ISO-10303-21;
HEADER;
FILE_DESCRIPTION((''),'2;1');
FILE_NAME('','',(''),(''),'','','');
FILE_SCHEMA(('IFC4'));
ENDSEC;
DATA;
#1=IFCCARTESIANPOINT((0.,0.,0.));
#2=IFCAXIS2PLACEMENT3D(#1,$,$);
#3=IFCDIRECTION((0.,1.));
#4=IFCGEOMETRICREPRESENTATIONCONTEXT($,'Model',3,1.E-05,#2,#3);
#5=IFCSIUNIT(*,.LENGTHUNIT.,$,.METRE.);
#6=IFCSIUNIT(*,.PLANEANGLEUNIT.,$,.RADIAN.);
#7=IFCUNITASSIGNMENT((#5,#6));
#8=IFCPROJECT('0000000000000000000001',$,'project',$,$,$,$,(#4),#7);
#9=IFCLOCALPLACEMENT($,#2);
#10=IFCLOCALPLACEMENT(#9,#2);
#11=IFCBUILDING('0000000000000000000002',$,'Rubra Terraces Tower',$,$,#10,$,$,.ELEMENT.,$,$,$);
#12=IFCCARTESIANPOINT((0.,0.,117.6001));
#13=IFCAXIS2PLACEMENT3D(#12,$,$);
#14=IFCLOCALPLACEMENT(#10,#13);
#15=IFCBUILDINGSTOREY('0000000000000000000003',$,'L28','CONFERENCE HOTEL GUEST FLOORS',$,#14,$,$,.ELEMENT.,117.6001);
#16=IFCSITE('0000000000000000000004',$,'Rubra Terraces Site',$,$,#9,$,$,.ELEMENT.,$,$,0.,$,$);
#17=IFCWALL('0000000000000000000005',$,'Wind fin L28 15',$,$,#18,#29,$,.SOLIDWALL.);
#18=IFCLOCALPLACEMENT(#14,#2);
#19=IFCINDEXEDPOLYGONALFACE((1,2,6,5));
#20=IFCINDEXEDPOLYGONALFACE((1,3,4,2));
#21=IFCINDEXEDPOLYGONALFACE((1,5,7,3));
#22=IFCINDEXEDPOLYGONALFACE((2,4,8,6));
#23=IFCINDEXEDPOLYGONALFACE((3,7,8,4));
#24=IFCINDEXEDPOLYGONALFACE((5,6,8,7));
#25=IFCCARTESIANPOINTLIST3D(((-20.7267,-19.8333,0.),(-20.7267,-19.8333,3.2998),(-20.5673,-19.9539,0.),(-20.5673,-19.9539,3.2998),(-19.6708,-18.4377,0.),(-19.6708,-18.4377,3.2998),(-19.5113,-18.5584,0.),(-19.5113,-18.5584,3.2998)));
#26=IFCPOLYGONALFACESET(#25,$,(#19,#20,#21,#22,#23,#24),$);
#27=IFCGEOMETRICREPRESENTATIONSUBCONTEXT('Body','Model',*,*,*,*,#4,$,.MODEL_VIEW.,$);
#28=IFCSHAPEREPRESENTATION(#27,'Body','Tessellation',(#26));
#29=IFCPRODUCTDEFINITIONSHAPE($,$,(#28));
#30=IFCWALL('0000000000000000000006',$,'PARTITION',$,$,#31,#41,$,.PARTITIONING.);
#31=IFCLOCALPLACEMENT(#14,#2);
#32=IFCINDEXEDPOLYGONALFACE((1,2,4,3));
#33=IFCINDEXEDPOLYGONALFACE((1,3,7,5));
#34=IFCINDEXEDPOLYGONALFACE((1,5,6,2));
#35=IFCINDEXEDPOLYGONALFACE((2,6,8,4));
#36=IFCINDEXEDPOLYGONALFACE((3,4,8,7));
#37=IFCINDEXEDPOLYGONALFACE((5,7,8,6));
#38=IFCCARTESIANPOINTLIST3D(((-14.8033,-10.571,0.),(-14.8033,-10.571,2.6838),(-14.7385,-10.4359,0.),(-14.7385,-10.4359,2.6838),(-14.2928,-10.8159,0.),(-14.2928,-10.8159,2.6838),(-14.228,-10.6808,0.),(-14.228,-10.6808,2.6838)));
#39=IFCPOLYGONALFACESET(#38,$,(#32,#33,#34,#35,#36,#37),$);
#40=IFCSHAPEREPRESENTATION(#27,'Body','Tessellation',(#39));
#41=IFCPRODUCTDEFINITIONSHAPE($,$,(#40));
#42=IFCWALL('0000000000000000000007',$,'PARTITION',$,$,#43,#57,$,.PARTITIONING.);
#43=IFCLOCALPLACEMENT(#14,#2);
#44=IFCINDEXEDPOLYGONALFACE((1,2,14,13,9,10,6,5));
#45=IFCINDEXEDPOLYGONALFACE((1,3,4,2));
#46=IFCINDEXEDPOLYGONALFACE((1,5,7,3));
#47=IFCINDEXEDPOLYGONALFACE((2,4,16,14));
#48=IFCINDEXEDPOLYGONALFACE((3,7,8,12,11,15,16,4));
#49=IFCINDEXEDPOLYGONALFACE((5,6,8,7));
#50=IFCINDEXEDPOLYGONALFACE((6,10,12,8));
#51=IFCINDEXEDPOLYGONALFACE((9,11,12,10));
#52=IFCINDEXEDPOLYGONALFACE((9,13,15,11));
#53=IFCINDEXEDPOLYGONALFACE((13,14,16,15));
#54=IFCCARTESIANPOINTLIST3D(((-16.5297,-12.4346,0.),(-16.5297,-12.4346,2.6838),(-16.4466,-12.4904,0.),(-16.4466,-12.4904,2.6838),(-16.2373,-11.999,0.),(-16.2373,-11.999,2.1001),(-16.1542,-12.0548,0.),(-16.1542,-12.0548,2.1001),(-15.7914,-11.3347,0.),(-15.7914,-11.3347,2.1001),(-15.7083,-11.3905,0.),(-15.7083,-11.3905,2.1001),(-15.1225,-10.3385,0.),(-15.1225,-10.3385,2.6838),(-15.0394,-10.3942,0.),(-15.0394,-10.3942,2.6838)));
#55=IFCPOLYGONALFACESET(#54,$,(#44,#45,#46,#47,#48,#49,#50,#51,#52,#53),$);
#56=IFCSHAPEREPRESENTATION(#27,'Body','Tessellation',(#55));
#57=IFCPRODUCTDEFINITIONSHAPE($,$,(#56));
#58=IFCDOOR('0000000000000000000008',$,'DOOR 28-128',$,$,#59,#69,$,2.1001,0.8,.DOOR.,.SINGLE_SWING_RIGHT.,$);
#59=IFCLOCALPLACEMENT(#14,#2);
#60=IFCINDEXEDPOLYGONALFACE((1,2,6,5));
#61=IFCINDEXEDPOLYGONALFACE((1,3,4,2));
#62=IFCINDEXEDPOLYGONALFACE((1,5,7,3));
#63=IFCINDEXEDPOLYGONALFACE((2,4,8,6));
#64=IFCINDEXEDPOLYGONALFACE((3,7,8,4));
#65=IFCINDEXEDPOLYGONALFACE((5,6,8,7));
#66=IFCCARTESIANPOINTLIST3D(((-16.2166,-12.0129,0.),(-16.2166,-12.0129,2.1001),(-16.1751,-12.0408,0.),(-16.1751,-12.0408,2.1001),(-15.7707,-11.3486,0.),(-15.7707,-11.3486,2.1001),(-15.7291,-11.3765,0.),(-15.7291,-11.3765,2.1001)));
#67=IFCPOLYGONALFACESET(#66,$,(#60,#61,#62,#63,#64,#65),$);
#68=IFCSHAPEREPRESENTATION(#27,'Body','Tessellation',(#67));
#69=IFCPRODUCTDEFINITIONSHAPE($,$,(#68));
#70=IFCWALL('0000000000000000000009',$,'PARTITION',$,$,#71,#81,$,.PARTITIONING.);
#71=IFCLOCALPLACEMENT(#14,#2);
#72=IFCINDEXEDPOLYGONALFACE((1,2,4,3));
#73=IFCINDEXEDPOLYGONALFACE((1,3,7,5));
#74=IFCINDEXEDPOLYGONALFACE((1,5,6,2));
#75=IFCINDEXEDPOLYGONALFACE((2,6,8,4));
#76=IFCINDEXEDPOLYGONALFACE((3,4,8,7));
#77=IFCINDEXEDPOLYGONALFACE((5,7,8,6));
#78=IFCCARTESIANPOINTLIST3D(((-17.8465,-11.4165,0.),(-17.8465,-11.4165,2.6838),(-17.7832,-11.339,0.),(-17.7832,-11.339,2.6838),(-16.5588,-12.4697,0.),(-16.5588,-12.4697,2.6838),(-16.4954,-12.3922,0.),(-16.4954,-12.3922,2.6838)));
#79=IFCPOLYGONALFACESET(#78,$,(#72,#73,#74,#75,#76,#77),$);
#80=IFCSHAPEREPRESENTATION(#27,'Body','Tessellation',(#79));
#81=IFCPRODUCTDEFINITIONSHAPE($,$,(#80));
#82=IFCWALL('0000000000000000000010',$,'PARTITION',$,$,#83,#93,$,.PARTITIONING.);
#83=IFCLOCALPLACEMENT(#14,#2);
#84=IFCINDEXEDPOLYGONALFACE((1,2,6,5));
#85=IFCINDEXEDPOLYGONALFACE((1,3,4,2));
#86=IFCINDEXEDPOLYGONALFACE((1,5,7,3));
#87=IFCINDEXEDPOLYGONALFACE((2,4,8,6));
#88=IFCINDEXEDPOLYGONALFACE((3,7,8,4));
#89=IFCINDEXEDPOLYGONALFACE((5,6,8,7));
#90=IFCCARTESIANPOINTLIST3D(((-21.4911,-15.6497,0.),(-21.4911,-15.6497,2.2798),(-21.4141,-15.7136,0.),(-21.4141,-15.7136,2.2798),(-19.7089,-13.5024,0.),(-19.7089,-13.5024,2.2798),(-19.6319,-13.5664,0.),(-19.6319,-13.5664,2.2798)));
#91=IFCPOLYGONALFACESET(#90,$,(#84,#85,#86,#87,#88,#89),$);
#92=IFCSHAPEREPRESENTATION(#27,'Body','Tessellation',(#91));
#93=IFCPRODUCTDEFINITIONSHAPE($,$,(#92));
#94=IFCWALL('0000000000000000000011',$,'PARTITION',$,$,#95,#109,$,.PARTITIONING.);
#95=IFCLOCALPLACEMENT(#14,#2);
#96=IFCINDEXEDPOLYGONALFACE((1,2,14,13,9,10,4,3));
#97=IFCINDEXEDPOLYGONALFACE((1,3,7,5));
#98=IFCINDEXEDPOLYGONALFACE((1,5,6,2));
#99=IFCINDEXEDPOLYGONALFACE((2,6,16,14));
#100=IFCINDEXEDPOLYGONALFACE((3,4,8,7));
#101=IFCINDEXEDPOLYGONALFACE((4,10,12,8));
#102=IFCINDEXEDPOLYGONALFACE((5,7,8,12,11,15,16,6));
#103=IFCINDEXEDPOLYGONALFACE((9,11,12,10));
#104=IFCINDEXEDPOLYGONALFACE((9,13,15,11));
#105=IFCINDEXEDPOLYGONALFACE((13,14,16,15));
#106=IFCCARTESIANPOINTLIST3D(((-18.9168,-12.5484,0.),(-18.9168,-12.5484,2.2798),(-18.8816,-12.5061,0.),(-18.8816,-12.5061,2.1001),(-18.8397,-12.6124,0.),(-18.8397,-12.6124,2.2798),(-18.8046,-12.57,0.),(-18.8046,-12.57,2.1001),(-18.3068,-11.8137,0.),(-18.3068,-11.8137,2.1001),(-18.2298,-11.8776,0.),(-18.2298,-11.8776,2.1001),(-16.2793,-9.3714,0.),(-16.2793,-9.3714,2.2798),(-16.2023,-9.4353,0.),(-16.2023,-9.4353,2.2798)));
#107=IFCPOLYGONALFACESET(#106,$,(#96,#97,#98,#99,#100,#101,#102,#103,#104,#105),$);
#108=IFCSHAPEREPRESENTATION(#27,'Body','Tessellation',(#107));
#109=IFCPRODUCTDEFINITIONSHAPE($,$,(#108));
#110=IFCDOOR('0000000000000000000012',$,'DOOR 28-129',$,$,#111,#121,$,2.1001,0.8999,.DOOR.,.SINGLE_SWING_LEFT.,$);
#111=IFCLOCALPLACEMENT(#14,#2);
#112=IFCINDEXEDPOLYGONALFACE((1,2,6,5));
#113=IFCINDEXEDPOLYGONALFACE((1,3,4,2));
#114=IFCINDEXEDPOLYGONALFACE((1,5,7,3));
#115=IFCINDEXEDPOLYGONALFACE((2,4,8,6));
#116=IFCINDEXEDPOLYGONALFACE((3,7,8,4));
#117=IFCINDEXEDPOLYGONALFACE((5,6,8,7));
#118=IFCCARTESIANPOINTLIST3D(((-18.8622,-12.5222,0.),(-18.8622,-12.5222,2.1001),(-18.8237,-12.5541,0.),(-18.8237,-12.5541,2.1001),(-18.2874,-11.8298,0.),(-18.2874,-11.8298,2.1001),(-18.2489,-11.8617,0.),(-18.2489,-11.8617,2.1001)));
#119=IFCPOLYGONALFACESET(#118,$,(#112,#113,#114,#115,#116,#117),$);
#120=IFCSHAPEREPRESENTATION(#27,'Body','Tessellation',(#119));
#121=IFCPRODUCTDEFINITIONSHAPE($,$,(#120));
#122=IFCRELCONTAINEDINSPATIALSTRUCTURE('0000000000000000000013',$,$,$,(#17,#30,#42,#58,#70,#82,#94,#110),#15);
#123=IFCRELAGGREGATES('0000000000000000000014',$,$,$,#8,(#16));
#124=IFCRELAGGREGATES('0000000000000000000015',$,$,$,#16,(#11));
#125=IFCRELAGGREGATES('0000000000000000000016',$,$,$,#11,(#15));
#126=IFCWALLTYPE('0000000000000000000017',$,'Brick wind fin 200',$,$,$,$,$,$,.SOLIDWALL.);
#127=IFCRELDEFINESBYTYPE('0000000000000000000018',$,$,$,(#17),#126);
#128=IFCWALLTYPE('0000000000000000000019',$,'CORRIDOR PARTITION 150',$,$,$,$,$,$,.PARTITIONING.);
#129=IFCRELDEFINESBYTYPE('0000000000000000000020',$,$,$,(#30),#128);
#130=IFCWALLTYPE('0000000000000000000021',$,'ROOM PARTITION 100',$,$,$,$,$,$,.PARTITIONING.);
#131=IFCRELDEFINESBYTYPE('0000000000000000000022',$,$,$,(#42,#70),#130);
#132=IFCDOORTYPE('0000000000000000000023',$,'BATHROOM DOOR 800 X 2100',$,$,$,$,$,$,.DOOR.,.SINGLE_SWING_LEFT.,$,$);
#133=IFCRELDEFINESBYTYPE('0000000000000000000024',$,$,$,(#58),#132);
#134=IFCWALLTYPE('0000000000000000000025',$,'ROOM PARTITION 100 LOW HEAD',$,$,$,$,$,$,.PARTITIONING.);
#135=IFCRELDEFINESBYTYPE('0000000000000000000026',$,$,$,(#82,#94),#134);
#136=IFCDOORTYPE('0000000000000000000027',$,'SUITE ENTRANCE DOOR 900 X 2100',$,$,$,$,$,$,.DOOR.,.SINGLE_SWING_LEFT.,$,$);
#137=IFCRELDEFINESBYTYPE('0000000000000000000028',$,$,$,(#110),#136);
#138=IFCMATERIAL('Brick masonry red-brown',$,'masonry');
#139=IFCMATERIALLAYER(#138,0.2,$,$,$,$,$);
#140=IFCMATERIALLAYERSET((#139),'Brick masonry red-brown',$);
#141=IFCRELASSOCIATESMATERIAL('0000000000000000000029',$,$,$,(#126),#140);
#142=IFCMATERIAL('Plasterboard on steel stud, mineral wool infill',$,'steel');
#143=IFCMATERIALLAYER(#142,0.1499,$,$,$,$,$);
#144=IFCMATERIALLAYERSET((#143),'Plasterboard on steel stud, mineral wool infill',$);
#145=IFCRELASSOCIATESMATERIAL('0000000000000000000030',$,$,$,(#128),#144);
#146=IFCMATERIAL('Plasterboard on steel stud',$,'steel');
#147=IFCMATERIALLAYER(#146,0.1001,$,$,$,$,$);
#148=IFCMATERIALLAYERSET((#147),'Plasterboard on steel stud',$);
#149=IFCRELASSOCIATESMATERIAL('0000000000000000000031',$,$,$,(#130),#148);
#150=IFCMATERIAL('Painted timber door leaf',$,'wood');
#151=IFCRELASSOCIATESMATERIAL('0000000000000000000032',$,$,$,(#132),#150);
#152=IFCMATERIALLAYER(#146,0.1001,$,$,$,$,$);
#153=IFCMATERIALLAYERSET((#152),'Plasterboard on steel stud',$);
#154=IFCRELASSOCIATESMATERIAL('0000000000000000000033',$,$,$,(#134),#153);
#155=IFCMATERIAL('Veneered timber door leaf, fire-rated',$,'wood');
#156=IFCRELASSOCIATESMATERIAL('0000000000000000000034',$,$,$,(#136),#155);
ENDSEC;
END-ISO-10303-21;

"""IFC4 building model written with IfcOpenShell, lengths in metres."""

from ifc_helpers import new_model, si_unit, direction, frame, frame_2d, origin, place, context, subcontext, project, spatial, rectangle, extrude, material, layer, layer_set, type_object, element, fill, save


model = new_model("IFC4")

# Units and contexts
model_context = context("Model", 3, precision=1e-05, world=origin(), true_north=direction((0.0, 1.0)))
body_context = subcontext(model_context, "Body", "Model", "MODEL_VIEW")
ifc_project = project(units=[si_unit("LENGTHUNIT", "METRE"), si_unit("PLANEANGLEUNIT", "RADIAN")], contexts=[model_context])

# Site, building, storey
site_placement = place(None, origin())
site = spatial("IfcSite", under=ifc_project, at=site_placement, Name="Rubra Terraces Site", CompositionType="ELEMENT", RefElevation=0.0)
building_placement = place(site_placement, origin())
building = spatial("IfcBuilding", under=site, at=building_placement, Name="Rubra Terraces Tower", CompositionType="ELEMENT")
storey_placement = place(building_placement, frame((0.0, 0.0, 117.6001)))
storey = spatial("IfcBuildingStorey", under=building, at=storey_placement, Name="L28", Description="CONFERENCE HOTEL GUEST FLOORS", CompositionType="ELEMENT", Elevation=117.6001)

# Shared definitions
ifc_material_1 = material(Name="Brick masonry red-brown", Category="masonry")

# Walls
ifc_layer_1 = layer(ifc_material_1, 0.2)
ifc_layer_set_1 = layer_set([ifc_layer_1], Name="Brick masonry red-brown")
wall_type_1 = type_object("IfcWallType", Name="Brick wind fin 200", PredefinedType="SOLIDWALL", material=ifc_layer_set_1)
wall_1_placement = place(storey_placement, frame((-19.5911, -18.498, 0.0), z_axis=(0.0, 0.0, 1.0), x_axis=(-0.603388, -0.797448, 0.0)))
element("IfcWall", 1, at=wall_1_placement, inside=storey, type_object=wall_type_1, Name="Wind fin L28 15", PredefinedType="SOLIDWALL", context=body_context, shape_type="SweptSolid", body=[
    extrude(rectangle(XDim=1.75, YDim=0.2, at=frame_2d((0.875, 0.0))), origin(), (0.0, 0.0, 1.0), 3.2998),
])
ifc_material_2 = material(Name="Plasterboard on steel stud, mineral wool infill", Category="steel")
ifc_layer_2 = layer(ifc_material_2, 0.1499)
ifc_layer_set_2 = layer_set([ifc_layer_2], Name="Plasterboard on steel stud, mineral wool infill")
wall_type_2 = type_object("IfcWallType", Name="CORRIDOR PARTITION 150", PredefinedType="PARTITIONING", material=ifc_layer_set_2)
wall_2_placement = place(storey_placement, frame((-14.771, -10.5034, 0.0), z_axis=(0.0, 0.0, 1.0), x_axis=(0.901637, -0.432493, 0.0)))
element("IfcWall", 2, at=wall_2_placement, inside=storey, type_object=wall_type_2, Name="PARTITION", PredefinedType="PARTITIONING", context=body_context, shape_type="SweptSolid", body=[
    extrude(rectangle(XDim=0.5662, YDim=0.1499, at=frame_2d((0.2832, 0.0))), origin(), (0.0, 0.0, 1.0), 2.6838),
])

# Wall, opening, door
ifc_material_3 = material(Name="Plasterboard on steel stud", Category="steel")
ifc_layer_3 = layer(ifc_material_3, 0.1001)
ifc_layer_set_3 = layer_set([ifc_layer_3], Name="Plasterboard on steel stud")
wall_type_3 = type_object("IfcWallType", Name="ROOM PARTITION 100", PredefinedType="PARTITIONING", material=ifc_layer_set_3)
wall_3_placement = place(storey_placement, frame((-15.0811, -10.3665, 0.0), z_axis=(0.0, 0.0, 1.0), x_axis=(-0.557375, -0.830261, 0.0)))
wall_3 = element("IfcWall", 3, at=wall_3_placement, inside=storey, type_object=wall_type_3, Name="PARTITION", PredefinedType="PARTITIONING", context=body_context, shape_type="SweptSolid", body=[
    extrude(rectangle(XDim=2.5247, YDim=0.1001, at=frame_2d((1.2622, 0.0))), origin(), (0.0, 0.0, 1.0), 2.6838),
])
opening_1_placement = place(wall_3_placement, frame((1.2, 0.0, 0.0)))
opening_1 = element("IfcOpeningElement", 4, at=opening_1_placement, cuts=wall_3, PredefinedType="OPENING", context=body_context, shape_type="SweptSolid", body=[
    extrude(rectangle(XDim=0.8, YDim=2.1001, at=frame_2d((0.3999, 1.05))), frame((0.0, 0.0601, 0.0), z_axis=(0.0, -1.0, 0.0), x_axis=(1.0, 0.0, 0.0)), (0.0, 0.0, 1.0), 0.1201),
])
ifc_material_4 = material(Name="Painted timber door leaf", Category="wood")
door_type_1 = type_object("IfcDoorType", Name="BATHROOM DOOR 800 X 2100", OperationType="SINGLE_SWING_LEFT", PredefinedType="DOOR", material=ifc_material_4)
door_1_placement = place(opening_1_placement, origin())
door_1 = element("IfcDoor", 5, at=door_1_placement, inside=storey, type_object=door_type_1, Name="DOOR 28-128", OperationType="SINGLE_SWING_RIGHT", OverallHeight=2.1001, OverallWidth=0.8, PredefinedType="DOOR", context=body_context, shape_type="SweptSolid", body=[
    extrude(rectangle(XDim=0.8, YDim=2.1001, at=frame_2d((0.3999, 1.05))), frame((0.0, 0.0249, 0.0), z_axis=(0.0, -1.0, 0.0), x_axis=(1.0, 0.0, 0.0)), (0.0, 0.0, 1.0), 0.05),
])
fill(opening_1, door_1)

# Walls
wall_4_placement = place(storey_placement, frame((-16.5271, -12.4309, 0.0), z_axis=(0.0, 0.0, 1.0), x_axis=(-0.774095, 0.63307, 0.0)))
element("IfcWall", 6, at=wall_4_placement, inside=storey, type_object=wall_type_3, Name="PARTITION", PredefinedType="PARTITIONING", context=body_context, shape_type="SweptSolid", body=[
    extrude(rectangle(XDim=1.6636, YDim=0.1001, at=frame_2d((0.8318, 0.0))), origin(), (0.0, 0.0, 1.0), 2.6838),
])
ifc_layer_4 = layer(ifc_material_3, 0.1001)
ifc_layer_set_4 = layer_set([ifc_layer_4], Name="Plasterboard on steel stud")
wall_type_4 = type_object("IfcWallType", Name="ROOM PARTITION 100 LOW HEAD", PredefinedType="PARTITIONING", material=ifc_layer_set_4)
wall_5_placement = place(storey_placement, frame((-21.4526, -15.6816, 0.0), z_axis=(0.0, 0.0, 1.0), x_axis=(0.638677, 0.769475, 0.0)))
element("IfcWall", 7, at=wall_5_placement, inside=storey, type_object=wall_type_4, Name="PARTITION", PredefinedType="PARTITIONING", context=body_context, shape_type="SweptSolid", body=[
    extrude(rectangle(XDim=2.7905, YDim=0.1001, at=frame_2d((1.3953, 0.0))), origin(), (0.0, 0.0, 1.0), 2.2798),
])

# Wall, opening, door
wall_6_placement = place(storey_placement, frame((-18.8782, -12.5803, 0.0), z_axis=(0.0, 0.0, 1.0), x_axis=(0.638747, 0.769417, 0.0)))
wall_6 = element("IfcWall", 8, at=wall_6_placement, inside=storey, type_object=wall_type_4, Name="PARTITION", PredefinedType="PARTITIONING", context=body_context, shape_type="SweptSolid", body=[
    extrude(rectangle(XDim=4.1292, YDim=0.1001, at=frame_2d((2.0645, 0.0))), origin(), (0.0, 0.0, 1.0), 2.2798),
])
opening_2_placement = place(wall_6_placement, frame((0.0549, 0.0, 0.0)))
opening_2 = element("IfcOpeningElement", 9, at=opening_2_placement, cuts=wall_6, PredefinedType="OPENING", context=body_context, shape_type="SweptSolid", body=[
    extrude(rectangle(XDim=0.8999, YDim=2.1001, at=frame_2d((0.45, 1.05))), frame((0.0, 0.0601, 0.0), z_axis=(0.0, -1.0, 0.0), x_axis=(1.0, 0.0, 0.0)), (0.0, 0.0, 1.0), 0.1201),
])
ifc_material_5 = material(Name="Veneered timber door leaf, fire-rated", Category="wood")
door_type_2 = type_object("IfcDoorType", Name="SUITE ENTRANCE DOOR 900 X 2100", OperationType="SINGLE_SWING_LEFT", PredefinedType="DOOR", material=ifc_material_5)
door_2_placement = place(opening_2_placement, origin())
door_2 = element("IfcDoor", 10, at=door_2_placement, inside=storey, type_object=door_type_2, Name="DOOR 28-129", OperationType="SINGLE_SWING_LEFT", OverallHeight=2.1001, OverallWidth=0.8999, PredefinedType="DOOR", context=body_context, shape_type="SweptSolid", body=[
    extrude(rectangle(XDim=0.8999, YDim=2.1001, at=frame_2d((0.45, 1.05))), frame((0.0, 0.0249, 0.0), z_axis=(0.0, -1.0, 0.0), x_axis=(1.0, 0.0, 0.0)), (0.0, 0.0, 1.0), 0.05),
])
fill(opening_2, door_2)

save(model, "model.ifc")
